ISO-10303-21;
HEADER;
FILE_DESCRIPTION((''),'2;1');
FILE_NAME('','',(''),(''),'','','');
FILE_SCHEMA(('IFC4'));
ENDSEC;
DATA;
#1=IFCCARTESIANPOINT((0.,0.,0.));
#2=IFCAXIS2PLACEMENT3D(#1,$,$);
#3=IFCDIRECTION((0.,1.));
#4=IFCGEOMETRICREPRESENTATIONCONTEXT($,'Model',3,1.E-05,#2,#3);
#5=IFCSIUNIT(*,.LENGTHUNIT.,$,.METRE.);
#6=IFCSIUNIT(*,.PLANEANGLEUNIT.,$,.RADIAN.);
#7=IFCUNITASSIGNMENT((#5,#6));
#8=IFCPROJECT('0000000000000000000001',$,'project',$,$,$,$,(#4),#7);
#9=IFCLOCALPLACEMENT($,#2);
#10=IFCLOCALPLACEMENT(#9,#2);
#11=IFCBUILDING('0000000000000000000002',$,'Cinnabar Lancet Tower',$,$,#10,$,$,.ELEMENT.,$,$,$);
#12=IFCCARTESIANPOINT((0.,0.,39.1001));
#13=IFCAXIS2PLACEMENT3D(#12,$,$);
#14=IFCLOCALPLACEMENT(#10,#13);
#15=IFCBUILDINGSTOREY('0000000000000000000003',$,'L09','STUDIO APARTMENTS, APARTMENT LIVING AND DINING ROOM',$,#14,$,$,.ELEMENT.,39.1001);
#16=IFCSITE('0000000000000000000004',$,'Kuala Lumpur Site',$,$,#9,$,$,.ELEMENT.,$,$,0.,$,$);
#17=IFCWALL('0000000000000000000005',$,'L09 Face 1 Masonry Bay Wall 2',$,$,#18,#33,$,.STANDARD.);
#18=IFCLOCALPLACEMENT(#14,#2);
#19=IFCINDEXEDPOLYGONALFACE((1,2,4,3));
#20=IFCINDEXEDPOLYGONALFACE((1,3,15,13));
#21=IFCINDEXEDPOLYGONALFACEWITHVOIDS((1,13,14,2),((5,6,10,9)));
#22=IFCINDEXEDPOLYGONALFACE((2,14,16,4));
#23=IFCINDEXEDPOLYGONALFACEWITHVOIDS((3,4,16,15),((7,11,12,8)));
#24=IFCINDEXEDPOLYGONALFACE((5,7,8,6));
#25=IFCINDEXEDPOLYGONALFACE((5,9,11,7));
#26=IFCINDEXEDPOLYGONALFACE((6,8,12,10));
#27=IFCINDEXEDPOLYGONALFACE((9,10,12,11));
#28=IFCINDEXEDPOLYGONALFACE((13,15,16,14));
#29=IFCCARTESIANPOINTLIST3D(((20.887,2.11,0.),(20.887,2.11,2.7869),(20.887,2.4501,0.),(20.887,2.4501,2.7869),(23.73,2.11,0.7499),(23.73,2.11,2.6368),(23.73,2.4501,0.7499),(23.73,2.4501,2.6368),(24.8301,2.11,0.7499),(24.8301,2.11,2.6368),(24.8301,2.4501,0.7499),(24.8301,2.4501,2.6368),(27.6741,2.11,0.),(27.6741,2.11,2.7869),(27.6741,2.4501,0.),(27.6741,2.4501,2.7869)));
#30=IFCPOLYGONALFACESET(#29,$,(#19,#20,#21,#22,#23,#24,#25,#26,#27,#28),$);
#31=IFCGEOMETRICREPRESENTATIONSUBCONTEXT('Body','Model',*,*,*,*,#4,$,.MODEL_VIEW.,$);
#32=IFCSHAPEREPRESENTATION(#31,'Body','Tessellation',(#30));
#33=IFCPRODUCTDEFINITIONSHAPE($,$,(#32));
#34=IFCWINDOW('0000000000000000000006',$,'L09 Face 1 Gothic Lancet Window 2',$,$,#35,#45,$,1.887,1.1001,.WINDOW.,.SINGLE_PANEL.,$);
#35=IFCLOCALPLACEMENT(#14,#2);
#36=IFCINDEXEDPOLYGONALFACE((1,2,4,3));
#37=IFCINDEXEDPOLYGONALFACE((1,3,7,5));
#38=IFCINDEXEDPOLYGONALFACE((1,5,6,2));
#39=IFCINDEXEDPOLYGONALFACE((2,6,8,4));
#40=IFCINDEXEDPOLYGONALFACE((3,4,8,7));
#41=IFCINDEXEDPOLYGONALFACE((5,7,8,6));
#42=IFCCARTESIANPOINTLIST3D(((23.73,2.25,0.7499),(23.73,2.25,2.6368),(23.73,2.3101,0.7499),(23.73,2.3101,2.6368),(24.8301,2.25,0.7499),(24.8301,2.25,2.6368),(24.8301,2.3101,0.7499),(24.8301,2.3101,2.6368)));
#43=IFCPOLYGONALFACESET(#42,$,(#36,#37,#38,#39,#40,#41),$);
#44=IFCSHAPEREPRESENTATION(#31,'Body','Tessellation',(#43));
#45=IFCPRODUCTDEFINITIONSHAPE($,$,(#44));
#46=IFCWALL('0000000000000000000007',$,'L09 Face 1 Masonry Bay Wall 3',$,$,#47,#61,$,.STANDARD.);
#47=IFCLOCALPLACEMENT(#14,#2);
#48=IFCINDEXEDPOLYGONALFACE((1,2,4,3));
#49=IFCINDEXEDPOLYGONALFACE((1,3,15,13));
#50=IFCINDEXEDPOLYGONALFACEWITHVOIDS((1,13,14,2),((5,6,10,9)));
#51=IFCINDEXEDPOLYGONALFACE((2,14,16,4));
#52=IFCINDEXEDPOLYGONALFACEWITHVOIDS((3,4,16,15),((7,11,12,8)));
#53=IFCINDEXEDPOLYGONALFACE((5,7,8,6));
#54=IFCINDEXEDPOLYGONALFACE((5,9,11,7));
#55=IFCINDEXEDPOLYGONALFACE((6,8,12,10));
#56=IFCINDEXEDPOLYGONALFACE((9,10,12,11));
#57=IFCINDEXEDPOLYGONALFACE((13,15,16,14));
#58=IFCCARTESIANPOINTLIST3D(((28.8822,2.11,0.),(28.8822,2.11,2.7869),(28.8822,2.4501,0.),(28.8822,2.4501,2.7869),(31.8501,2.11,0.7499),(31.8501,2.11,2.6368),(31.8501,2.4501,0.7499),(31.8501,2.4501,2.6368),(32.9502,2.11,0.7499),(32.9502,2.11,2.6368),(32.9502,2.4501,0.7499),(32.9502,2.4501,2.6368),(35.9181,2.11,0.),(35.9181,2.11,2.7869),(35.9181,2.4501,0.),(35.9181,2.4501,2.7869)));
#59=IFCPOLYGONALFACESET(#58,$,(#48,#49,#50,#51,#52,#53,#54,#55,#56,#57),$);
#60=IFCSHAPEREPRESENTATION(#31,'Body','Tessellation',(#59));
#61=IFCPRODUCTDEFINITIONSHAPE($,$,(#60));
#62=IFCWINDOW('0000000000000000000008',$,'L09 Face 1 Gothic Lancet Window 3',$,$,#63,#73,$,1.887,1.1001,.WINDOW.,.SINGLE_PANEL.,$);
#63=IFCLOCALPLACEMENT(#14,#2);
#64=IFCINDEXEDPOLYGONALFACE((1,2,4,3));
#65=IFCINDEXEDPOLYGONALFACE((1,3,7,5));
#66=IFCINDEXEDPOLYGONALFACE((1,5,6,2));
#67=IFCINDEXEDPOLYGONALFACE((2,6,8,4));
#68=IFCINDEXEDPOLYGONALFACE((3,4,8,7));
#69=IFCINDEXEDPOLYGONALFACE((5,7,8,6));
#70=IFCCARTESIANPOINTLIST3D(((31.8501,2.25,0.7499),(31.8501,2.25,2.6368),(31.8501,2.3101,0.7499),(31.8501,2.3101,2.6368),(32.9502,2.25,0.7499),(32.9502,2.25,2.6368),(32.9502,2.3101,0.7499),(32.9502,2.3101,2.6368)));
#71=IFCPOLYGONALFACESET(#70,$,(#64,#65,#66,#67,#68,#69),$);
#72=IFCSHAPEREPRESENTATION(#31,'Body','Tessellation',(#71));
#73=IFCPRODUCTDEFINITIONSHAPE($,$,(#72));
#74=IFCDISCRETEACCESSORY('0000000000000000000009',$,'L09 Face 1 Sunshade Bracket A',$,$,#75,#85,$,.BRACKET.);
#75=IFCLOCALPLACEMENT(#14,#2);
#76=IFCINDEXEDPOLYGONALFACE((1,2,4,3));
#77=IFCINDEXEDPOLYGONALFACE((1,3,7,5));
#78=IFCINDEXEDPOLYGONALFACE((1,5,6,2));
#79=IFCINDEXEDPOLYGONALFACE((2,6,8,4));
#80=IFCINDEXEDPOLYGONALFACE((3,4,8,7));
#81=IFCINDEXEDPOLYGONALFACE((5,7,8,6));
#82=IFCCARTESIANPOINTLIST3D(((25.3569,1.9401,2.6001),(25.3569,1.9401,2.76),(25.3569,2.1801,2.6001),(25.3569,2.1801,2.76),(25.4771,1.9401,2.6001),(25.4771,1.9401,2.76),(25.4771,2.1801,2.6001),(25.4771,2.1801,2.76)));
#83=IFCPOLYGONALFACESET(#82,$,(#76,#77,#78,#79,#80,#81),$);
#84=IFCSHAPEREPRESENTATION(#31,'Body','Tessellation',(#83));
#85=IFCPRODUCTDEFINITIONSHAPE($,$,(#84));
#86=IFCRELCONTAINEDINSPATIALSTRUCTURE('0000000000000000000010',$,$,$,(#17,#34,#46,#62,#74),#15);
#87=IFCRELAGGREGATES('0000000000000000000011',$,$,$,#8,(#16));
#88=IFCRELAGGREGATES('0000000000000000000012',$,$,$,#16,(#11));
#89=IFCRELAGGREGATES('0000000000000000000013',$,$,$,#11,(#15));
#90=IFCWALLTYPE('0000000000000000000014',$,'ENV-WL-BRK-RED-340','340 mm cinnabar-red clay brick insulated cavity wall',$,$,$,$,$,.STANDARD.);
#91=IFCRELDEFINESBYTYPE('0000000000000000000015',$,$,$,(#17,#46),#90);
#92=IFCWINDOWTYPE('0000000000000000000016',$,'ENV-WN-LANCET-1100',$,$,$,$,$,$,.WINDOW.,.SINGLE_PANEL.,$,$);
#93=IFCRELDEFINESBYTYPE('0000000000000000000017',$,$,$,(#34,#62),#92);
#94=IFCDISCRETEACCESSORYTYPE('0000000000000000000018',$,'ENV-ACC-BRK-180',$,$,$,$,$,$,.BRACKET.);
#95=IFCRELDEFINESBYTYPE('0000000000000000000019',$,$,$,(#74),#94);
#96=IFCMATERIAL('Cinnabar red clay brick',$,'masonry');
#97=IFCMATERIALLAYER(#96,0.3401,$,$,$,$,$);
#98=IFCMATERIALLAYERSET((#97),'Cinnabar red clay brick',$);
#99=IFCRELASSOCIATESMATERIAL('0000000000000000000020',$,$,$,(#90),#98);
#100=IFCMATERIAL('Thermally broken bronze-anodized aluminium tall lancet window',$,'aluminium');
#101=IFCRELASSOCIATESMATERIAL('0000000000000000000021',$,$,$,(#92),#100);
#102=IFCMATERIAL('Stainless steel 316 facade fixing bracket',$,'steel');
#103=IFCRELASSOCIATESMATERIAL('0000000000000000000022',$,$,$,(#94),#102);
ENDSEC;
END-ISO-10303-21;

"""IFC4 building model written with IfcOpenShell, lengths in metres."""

from ifc_helpers import new_model, si_unit, direction, frame, frame_2d, origin, origin_2d, place, context, subcontext, project, spatial, rectangle, extrude, material, layer, layer_set, type_object, element, fill, save


model = new_model("IFC4")

# Units and contexts
model_context = context("Model", 3, precision=1e-05, world=origin(), true_north=direction((0.0, 1.0)))
body_context = subcontext(model_context, "Body", "Model", "MODEL_VIEW")
ifc_project = project(units=[si_unit("LENGTHUNIT", "METRE"), si_unit("PLANEANGLEUNIT", "RADIAN")], contexts=[model_context])

# Site, building, storey
site_placement = place(None, origin())
site = spatial("IfcSite", under=ifc_project, at=site_placement, Name="Kuala Lumpur Site", CompositionType="ELEMENT", RefElevation=0.0)
building_placement = place(site_placement, origin())
building = spatial("IfcBuilding", under=site, at=building_placement, Name="Cinnabar Lancet Tower", CompositionType="ELEMENT")
storey_placement = place(building_placement, frame((0.0, 0.0, 39.1001)))
storey = spatial("IfcBuildingStorey", under=building, at=storey_placement, Name="L09", Description="STUDIO APARTMENTS, APARTMENT LIVING AND DINING ROOM", CompositionType="ELEMENT", Elevation=39.1001)

# Shared definitions
ifc_material_1 = material(Name="Cinnabar red clay brick", Category="masonry")
ifc_layer_1 = layer(ifc_material_1, 0.3401)
ifc_layer_set_1 = layer_set([ifc_layer_1], Name="Cinnabar red clay brick")
wall_type_1 = type_object("IfcWallType", Name="ENV-WL-BRK-RED-340", Description="340 mm cinnabar-red clay brick insulated cavity wall", PredefinedType="STANDARD", material=ifc_layer_set_1)

# Walls, openings, windows
wall_1_placement = place(storey_placement, frame((20.887, 2.28, 0.0), z_axis=(0.0, 0.0, 1.0), x_axis=(1.0, 0.0, 0.0)))
wall_1 = element("IfcWall", 1, at=wall_1_placement, inside=storey, type_object=wall_type_1, Name="L09 Face 1 Masonry Bay Wall 2", PredefinedType="STANDARD", context=body_context, shape_type="SweptSolid", body=[
    extrude(rectangle(XDim=6.7871, YDim=0.3401, at=frame_2d((3.3936, 0.0))), origin(), (0.0, 0.0, 1.0), 2.7869),
])
opening_1_placement = place(wall_1_placement, frame((2.843, 0.0, 0.75)))
opening_1 = element("IfcOpeningElement", 2, at=opening_1_placement, cuts=wall_1, PredefinedType="OPENING", context=body_context, shape_type="SweptSolid", body=[
    extrude(rectangle(XDim=1.1001, YDim=1.887, at=frame_2d((0.55, 0.9434))), frame((0.0, 0.1799, 0.0), z_axis=(0.0, -1.0, 0.0), x_axis=(1.0, 0.0, 0.0)), (0.0, 0.0, 1.0), 0.3601),
])
ifc_material_2 = material(Name="Thermally broken bronze-anodized aluminium tall lancet window", Category="aluminium")
window_type = type_object("IfcWindowType", Name="ENV-WN-LANCET-1100", PartitioningType="SINGLE_PANEL", PredefinedType="WINDOW", material=ifc_material_2)
window_1_placement = place(opening_1_placement, origin())
window_1 = element("IfcWindow", 3, at=window_1_placement, inside=storey, type_object=window_type, Name="L09 Face 1 Gothic Lancet Window 2", OverallHeight=1.887, OverallWidth=1.1001, PartitioningType="SINGLE_PANEL", PredefinedType="WINDOW", context=body_context, shape_type="SweptSolid", body=[
    extrude(rectangle(XDim=1.1001, YDim=1.887, at=frame_2d((0.55, 0.9434))), frame((0.0, 0.03, 0.0), z_axis=(0.0, -1.0, 0.0), x_axis=(1.0, 0.0, 0.0)), (0.0, 0.0, 1.0), 0.0601),
])
fill(opening_1, window_1)
wall_2_placement = place(storey_placement, frame((28.8821, 2.28, 0.0), z_axis=(0.0, 0.0, 1.0), x_axis=(1.0, 0.0, 0.0)))
wall_2 = element("IfcWall", 4, at=wall_2_placement, inside=storey, type_object=wall_type_1, Name="L09 Face 1 Masonry Bay Wall 3", PredefinedType="STANDARD", context=body_context, shape_type="SweptSolid", body=[
    extrude(rectangle(XDim=7.0359, YDim=0.3401, at=frame_2d((3.5181, 0.0))), origin(), (0.0, 0.0, 1.0), 2.7869),
])
opening_2_placement = place(wall_2_placement, frame((2.968, 0.0, 0.75)))
opening_2 = element("IfcOpeningElement", 5, at=opening_2_placement, cuts=wall_2, PredefinedType="OPENING", context=body_context, shape_type="SweptSolid", body=[
    extrude(rectangle(XDim=1.1001, YDim=1.887, at=frame_2d((0.55, 0.9434))), frame((0.0, 0.1799, 0.0), z_axis=(0.0, -1.0, 0.0), x_axis=(1.0, 0.0, 0.0)), (0.0, 0.0, 1.0), 0.3601),
])
window_2_placement = place(opening_2_placement, origin())
window_2 = element("IfcWindow", 6, at=window_2_placement, inside=storey, type_object=window_type, Name="L09 Face 1 Gothic Lancet Window 3", OverallHeight=1.887, OverallWidth=1.1001, PartitioningType="SINGLE_PANEL", PredefinedType="WINDOW", context=body_context, shape_type="SweptSolid", body=[
    extrude(rectangle(XDim=1.1001, YDim=1.887, at=frame_2d((0.55, 0.9434))), frame((0.0, 0.03, 0.0), z_axis=(0.0, -1.0, 0.0), x_axis=(1.0, 0.0, 0.0)), (0.0, 0.0, 1.0), 0.0601),
])
fill(opening_2, window_2)

# Discrete accessory
ifc_material_3 = material(Name="Stainless steel 316 facade fixing bracket", Category="steel")
discrete_accessory_type = type_object("IfcDiscreteAccessoryType", Name="ENV-ACC-BRK-180", PredefinedType="BRACKET", material=ifc_material_3)
discrete_accessory_placement = place(storey_placement, frame((25.417, 2.0601, 2.6001), z_axis=(0.0, 0.0, 1.0), x_axis=(1.0, 0.0, 0.0)))
element("IfcDiscreteAccessory", 7, at=discrete_accessory_placement, inside=storey, type_object=discrete_accessory_type, Name="L09 Face 1 Sunshade Bracket A", PredefinedType="BRACKET", context=body_context, shape_type="SweptSolid", body=[
    extrude(rectangle(XDim=0.1201, YDim=0.24, at=origin_2d()), origin(), (0.0, 0.0, 1.0), 0.1599),
])

save(model, "model.ifc")
